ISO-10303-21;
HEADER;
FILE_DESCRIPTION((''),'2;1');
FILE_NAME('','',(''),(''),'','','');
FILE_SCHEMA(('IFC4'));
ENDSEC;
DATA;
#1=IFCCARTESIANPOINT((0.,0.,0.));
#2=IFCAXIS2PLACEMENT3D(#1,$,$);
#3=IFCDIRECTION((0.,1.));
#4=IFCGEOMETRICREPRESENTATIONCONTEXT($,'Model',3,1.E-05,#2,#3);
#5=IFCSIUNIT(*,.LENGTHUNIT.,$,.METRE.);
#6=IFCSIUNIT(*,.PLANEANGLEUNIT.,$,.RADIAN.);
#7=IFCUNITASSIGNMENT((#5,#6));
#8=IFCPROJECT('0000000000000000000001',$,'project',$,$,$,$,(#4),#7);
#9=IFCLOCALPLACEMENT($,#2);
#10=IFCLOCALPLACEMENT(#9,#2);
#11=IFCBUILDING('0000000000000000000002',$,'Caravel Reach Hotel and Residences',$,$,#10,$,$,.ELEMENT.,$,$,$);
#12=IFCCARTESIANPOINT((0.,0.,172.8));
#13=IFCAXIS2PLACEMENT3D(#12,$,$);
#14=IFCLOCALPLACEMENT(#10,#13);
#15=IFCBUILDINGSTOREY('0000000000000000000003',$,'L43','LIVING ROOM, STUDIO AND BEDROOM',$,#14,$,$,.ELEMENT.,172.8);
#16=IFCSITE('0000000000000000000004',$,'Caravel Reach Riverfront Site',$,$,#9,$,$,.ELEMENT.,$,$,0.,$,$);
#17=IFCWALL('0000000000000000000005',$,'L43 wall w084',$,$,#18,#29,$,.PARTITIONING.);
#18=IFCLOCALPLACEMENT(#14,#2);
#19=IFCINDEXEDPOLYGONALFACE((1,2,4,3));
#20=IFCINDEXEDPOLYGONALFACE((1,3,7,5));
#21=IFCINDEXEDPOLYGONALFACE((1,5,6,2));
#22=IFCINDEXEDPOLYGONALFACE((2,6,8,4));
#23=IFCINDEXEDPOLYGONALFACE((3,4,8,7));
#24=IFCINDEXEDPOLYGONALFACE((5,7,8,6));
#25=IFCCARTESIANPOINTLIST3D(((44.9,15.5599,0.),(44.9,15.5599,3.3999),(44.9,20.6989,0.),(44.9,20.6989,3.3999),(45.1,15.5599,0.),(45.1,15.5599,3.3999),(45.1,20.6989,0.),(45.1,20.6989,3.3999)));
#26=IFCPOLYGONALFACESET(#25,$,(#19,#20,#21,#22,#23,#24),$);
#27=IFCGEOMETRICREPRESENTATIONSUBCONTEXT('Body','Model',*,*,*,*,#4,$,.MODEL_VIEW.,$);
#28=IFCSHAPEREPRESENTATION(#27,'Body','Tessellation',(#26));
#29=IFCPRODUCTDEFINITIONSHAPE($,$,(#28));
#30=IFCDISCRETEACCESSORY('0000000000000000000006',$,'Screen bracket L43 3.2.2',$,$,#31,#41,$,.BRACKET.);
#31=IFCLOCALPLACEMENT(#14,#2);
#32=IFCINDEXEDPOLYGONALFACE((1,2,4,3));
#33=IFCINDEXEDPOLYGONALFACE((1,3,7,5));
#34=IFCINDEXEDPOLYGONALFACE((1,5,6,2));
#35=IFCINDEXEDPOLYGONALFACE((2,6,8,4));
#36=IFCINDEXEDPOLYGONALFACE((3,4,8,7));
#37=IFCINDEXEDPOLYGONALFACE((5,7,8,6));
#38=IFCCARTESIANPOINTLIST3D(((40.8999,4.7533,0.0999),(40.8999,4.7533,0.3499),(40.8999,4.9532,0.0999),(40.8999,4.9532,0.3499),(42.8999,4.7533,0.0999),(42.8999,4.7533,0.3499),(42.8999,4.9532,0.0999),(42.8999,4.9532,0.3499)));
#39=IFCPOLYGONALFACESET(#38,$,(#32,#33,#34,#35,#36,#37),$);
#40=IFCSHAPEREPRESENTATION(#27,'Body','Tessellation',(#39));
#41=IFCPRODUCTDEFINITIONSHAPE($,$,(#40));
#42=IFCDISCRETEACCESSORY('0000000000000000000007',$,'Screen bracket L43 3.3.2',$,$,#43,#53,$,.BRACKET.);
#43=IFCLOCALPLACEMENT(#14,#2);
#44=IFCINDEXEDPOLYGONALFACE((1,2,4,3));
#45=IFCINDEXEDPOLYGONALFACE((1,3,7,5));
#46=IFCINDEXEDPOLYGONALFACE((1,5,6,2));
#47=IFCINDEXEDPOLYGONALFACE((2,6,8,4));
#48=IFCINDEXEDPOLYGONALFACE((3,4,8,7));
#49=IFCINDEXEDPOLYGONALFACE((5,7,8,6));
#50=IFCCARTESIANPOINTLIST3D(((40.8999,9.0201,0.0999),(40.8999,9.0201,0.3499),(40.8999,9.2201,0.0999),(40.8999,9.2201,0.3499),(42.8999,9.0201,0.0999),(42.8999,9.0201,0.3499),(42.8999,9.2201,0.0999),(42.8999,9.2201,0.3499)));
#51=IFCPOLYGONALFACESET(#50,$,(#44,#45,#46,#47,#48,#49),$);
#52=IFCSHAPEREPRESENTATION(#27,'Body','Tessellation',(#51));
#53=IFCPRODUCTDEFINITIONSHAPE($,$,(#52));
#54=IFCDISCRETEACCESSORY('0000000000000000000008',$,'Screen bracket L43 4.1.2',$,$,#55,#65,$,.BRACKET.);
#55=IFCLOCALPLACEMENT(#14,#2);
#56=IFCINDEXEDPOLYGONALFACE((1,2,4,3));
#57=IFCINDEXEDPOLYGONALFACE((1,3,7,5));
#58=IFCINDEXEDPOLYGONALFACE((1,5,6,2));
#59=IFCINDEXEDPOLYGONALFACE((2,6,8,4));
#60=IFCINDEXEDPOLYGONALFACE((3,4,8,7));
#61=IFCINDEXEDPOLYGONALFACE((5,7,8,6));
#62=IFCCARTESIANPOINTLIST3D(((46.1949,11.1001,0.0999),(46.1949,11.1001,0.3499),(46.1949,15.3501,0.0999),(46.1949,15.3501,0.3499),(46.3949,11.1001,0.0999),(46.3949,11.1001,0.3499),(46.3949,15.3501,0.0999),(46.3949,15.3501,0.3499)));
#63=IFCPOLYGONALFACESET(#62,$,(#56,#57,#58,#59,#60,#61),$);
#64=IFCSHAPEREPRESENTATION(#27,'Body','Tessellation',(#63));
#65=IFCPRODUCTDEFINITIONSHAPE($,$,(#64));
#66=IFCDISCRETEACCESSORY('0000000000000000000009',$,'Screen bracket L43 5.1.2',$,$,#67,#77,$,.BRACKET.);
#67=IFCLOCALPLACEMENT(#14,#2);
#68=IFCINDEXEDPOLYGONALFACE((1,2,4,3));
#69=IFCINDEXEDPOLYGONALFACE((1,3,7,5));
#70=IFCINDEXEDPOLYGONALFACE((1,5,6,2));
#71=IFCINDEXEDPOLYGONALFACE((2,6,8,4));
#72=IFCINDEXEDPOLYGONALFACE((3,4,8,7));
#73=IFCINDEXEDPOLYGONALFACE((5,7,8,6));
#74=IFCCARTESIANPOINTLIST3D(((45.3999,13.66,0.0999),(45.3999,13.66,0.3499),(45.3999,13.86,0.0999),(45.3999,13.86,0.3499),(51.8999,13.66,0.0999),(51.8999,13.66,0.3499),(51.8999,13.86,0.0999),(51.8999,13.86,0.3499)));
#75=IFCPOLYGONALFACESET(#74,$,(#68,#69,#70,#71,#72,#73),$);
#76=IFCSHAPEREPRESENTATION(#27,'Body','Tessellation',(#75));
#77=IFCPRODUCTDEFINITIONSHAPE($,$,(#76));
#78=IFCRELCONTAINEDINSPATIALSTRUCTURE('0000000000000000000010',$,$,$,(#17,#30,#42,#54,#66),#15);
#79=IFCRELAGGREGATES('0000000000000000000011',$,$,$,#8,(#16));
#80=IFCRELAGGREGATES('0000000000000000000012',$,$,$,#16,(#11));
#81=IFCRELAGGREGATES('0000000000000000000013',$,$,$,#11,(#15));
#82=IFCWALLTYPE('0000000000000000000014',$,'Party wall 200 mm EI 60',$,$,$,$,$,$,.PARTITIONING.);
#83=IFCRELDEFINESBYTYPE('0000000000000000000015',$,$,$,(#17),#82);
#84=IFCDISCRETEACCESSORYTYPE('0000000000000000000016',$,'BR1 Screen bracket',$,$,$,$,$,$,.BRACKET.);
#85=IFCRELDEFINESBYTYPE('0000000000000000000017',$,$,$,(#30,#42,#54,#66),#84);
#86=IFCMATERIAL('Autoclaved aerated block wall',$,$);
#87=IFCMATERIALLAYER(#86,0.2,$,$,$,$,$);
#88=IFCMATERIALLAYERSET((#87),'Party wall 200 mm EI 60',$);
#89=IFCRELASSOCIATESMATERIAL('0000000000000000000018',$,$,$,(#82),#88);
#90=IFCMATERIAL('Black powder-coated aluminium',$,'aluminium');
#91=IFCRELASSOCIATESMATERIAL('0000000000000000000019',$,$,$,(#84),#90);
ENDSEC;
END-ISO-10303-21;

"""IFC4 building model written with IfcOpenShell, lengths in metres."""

from ifc_helpers import new_model, si_unit, direction, frame, frame_2d, origin, origin_2d, place, context, subcontext, project, spatial, rectangle, extrude, material, layer, layer_set, type_object, element, save


model = new_model("IFC4")

# Units and contexts
model_context = context("Model", 3, precision=1e-05, world=origin(), true_north=direction((0.0, 1.0)))
body_context = subcontext(model_context, "Body", "Model", "MODEL_VIEW")
ifc_project = project(units=[si_unit("LENGTHUNIT", "METRE"), si_unit("PLANEANGLEUNIT", "RADIAN")], contexts=[model_context])

# Site, building, storey
site_placement = place(None, origin())
site = spatial("IfcSite", under=ifc_project, at=site_placement, Name="Caravel Reach Riverfront Site", CompositionType="ELEMENT", RefElevation=0.0)
building_placement = place(site_placement, origin())
building = spatial("IfcBuilding", under=site, at=building_placement, Name="Caravel Reach Hotel and Residences", CompositionType="ELEMENT")
storey_placement = place(building_placement, frame((0.0, 0.0, 172.8)))
storey = spatial("IfcBuildingStorey", under=building, at=storey_placement, Name="L43", Description="LIVING ROOM, STUDIO AND BEDROOM", CompositionType="ELEMENT", Elevation=172.8)

# Wall
ifc_material_1 = material(Name="Autoclaved aerated block wall")
ifc_layer_1 = layer(ifc_material_1, 0.2)
ifc_layer_set_1 = layer_set([ifc_layer_1], Name="Party wall 200 mm EI 60")
wall_type_1 = type_object("IfcWallType", Name="Party wall 200 mm EI 60", PredefinedType="PARTITIONING", material=ifc_layer_set_1)
wall_1_placement = place(storey_placement, frame((45.0, 15.5601, 0.0), z_axis=(0.0, 0.0, 1.0), x_axis=(0.0, 1.0, 0.0)))
element("IfcWall", 1, at=wall_1_placement, inside=storey, type_object=wall_type_1, Name="L43 wall w084", PredefinedType="PARTITIONING", context=body_context, shape_type="SweptSolid", body=[
    extrude(rectangle(XDim=5.1389, YDim=0.2, at=frame_2d((2.5693, 0.0))), origin(), (0.0, 0.0, 1.0), 3.3999),
])

# Discrete accessories
ifc_material_2 = material(Name="Black powder-coated aluminium", Category="aluminium")
discrete_accessory_type = type_object("IfcDiscreteAccessoryType", Name="BR1 Screen bracket", PredefinedType="BRACKET", material=ifc_material_2)
for number, where, z_axis, x_axis, name in (
    (2, (41.8999, 4.8533, 0.0999), (0.0, 0.0, 1.0), (1.0, 0.0, 0.0), "Screen bracket L43 3.2.2"),
    (3, (41.8999, 9.1201, 0.0999), (0.0, 0.0, 1.0), (1.0, 0.0, 0.0), "Screen bracket L43 3.3.2"),
):
    element("IfcDiscreteAccessory", number, at=place(storey_placement, frame(where, z_axis=z_axis, x_axis=x_axis)), inside=storey, type_object=discrete_accessory_type, Name=name, PredefinedType="BRACKET", context=body_context, shape_type="SweptSolid", body=[
        extrude(rectangle(XDim=2.0, YDim=0.2, at=origin_2d()), origin(), (0.0, 0.0, 1.0), 0.25),
    ])
discrete_accessory_1_placement = place(storey_placement, frame((46.2949, 13.2251, 0.0999), z_axis=(0.0, 0.0, 1.0), x_axis=(0.0, -1.0, 0.0)))
element("IfcDiscreteAccessory", 4, at=discrete_accessory_1_placement, inside=storey, type_object=discrete_accessory_type, Name="Screen bracket L43 4.1.2", PredefinedType="BRACKET", context=body_context, shape_type="SweptSolid", body=[
    extrude(rectangle(XDim=4.25, YDim=0.2, at=origin_2d()), origin(), (0.0, 0.0, 1.0), 0.25),
])
discrete_accessory_2_placement = place(storey_placement, frame((48.6499, 13.76, 0.0999), z_axis=(0.0, 0.0, 1.0), x_axis=(1.0, 0.0, 0.0)))
element("IfcDiscreteAccessory", 5, at=discrete_accessory_2_placement, inside=storey, type_object=discrete_accessory_type, Name="Screen bracket L43 5.1.2", PredefinedType="BRACKET", context=body_context, shape_type="SweptSolid", body=[
    extrude(rectangle(XDim=6.5, YDim=0.2, at=origin_2d()), origin(), (0.0, 0.0, 1.0), 0.25),
])

save(model, "model.ifc")
